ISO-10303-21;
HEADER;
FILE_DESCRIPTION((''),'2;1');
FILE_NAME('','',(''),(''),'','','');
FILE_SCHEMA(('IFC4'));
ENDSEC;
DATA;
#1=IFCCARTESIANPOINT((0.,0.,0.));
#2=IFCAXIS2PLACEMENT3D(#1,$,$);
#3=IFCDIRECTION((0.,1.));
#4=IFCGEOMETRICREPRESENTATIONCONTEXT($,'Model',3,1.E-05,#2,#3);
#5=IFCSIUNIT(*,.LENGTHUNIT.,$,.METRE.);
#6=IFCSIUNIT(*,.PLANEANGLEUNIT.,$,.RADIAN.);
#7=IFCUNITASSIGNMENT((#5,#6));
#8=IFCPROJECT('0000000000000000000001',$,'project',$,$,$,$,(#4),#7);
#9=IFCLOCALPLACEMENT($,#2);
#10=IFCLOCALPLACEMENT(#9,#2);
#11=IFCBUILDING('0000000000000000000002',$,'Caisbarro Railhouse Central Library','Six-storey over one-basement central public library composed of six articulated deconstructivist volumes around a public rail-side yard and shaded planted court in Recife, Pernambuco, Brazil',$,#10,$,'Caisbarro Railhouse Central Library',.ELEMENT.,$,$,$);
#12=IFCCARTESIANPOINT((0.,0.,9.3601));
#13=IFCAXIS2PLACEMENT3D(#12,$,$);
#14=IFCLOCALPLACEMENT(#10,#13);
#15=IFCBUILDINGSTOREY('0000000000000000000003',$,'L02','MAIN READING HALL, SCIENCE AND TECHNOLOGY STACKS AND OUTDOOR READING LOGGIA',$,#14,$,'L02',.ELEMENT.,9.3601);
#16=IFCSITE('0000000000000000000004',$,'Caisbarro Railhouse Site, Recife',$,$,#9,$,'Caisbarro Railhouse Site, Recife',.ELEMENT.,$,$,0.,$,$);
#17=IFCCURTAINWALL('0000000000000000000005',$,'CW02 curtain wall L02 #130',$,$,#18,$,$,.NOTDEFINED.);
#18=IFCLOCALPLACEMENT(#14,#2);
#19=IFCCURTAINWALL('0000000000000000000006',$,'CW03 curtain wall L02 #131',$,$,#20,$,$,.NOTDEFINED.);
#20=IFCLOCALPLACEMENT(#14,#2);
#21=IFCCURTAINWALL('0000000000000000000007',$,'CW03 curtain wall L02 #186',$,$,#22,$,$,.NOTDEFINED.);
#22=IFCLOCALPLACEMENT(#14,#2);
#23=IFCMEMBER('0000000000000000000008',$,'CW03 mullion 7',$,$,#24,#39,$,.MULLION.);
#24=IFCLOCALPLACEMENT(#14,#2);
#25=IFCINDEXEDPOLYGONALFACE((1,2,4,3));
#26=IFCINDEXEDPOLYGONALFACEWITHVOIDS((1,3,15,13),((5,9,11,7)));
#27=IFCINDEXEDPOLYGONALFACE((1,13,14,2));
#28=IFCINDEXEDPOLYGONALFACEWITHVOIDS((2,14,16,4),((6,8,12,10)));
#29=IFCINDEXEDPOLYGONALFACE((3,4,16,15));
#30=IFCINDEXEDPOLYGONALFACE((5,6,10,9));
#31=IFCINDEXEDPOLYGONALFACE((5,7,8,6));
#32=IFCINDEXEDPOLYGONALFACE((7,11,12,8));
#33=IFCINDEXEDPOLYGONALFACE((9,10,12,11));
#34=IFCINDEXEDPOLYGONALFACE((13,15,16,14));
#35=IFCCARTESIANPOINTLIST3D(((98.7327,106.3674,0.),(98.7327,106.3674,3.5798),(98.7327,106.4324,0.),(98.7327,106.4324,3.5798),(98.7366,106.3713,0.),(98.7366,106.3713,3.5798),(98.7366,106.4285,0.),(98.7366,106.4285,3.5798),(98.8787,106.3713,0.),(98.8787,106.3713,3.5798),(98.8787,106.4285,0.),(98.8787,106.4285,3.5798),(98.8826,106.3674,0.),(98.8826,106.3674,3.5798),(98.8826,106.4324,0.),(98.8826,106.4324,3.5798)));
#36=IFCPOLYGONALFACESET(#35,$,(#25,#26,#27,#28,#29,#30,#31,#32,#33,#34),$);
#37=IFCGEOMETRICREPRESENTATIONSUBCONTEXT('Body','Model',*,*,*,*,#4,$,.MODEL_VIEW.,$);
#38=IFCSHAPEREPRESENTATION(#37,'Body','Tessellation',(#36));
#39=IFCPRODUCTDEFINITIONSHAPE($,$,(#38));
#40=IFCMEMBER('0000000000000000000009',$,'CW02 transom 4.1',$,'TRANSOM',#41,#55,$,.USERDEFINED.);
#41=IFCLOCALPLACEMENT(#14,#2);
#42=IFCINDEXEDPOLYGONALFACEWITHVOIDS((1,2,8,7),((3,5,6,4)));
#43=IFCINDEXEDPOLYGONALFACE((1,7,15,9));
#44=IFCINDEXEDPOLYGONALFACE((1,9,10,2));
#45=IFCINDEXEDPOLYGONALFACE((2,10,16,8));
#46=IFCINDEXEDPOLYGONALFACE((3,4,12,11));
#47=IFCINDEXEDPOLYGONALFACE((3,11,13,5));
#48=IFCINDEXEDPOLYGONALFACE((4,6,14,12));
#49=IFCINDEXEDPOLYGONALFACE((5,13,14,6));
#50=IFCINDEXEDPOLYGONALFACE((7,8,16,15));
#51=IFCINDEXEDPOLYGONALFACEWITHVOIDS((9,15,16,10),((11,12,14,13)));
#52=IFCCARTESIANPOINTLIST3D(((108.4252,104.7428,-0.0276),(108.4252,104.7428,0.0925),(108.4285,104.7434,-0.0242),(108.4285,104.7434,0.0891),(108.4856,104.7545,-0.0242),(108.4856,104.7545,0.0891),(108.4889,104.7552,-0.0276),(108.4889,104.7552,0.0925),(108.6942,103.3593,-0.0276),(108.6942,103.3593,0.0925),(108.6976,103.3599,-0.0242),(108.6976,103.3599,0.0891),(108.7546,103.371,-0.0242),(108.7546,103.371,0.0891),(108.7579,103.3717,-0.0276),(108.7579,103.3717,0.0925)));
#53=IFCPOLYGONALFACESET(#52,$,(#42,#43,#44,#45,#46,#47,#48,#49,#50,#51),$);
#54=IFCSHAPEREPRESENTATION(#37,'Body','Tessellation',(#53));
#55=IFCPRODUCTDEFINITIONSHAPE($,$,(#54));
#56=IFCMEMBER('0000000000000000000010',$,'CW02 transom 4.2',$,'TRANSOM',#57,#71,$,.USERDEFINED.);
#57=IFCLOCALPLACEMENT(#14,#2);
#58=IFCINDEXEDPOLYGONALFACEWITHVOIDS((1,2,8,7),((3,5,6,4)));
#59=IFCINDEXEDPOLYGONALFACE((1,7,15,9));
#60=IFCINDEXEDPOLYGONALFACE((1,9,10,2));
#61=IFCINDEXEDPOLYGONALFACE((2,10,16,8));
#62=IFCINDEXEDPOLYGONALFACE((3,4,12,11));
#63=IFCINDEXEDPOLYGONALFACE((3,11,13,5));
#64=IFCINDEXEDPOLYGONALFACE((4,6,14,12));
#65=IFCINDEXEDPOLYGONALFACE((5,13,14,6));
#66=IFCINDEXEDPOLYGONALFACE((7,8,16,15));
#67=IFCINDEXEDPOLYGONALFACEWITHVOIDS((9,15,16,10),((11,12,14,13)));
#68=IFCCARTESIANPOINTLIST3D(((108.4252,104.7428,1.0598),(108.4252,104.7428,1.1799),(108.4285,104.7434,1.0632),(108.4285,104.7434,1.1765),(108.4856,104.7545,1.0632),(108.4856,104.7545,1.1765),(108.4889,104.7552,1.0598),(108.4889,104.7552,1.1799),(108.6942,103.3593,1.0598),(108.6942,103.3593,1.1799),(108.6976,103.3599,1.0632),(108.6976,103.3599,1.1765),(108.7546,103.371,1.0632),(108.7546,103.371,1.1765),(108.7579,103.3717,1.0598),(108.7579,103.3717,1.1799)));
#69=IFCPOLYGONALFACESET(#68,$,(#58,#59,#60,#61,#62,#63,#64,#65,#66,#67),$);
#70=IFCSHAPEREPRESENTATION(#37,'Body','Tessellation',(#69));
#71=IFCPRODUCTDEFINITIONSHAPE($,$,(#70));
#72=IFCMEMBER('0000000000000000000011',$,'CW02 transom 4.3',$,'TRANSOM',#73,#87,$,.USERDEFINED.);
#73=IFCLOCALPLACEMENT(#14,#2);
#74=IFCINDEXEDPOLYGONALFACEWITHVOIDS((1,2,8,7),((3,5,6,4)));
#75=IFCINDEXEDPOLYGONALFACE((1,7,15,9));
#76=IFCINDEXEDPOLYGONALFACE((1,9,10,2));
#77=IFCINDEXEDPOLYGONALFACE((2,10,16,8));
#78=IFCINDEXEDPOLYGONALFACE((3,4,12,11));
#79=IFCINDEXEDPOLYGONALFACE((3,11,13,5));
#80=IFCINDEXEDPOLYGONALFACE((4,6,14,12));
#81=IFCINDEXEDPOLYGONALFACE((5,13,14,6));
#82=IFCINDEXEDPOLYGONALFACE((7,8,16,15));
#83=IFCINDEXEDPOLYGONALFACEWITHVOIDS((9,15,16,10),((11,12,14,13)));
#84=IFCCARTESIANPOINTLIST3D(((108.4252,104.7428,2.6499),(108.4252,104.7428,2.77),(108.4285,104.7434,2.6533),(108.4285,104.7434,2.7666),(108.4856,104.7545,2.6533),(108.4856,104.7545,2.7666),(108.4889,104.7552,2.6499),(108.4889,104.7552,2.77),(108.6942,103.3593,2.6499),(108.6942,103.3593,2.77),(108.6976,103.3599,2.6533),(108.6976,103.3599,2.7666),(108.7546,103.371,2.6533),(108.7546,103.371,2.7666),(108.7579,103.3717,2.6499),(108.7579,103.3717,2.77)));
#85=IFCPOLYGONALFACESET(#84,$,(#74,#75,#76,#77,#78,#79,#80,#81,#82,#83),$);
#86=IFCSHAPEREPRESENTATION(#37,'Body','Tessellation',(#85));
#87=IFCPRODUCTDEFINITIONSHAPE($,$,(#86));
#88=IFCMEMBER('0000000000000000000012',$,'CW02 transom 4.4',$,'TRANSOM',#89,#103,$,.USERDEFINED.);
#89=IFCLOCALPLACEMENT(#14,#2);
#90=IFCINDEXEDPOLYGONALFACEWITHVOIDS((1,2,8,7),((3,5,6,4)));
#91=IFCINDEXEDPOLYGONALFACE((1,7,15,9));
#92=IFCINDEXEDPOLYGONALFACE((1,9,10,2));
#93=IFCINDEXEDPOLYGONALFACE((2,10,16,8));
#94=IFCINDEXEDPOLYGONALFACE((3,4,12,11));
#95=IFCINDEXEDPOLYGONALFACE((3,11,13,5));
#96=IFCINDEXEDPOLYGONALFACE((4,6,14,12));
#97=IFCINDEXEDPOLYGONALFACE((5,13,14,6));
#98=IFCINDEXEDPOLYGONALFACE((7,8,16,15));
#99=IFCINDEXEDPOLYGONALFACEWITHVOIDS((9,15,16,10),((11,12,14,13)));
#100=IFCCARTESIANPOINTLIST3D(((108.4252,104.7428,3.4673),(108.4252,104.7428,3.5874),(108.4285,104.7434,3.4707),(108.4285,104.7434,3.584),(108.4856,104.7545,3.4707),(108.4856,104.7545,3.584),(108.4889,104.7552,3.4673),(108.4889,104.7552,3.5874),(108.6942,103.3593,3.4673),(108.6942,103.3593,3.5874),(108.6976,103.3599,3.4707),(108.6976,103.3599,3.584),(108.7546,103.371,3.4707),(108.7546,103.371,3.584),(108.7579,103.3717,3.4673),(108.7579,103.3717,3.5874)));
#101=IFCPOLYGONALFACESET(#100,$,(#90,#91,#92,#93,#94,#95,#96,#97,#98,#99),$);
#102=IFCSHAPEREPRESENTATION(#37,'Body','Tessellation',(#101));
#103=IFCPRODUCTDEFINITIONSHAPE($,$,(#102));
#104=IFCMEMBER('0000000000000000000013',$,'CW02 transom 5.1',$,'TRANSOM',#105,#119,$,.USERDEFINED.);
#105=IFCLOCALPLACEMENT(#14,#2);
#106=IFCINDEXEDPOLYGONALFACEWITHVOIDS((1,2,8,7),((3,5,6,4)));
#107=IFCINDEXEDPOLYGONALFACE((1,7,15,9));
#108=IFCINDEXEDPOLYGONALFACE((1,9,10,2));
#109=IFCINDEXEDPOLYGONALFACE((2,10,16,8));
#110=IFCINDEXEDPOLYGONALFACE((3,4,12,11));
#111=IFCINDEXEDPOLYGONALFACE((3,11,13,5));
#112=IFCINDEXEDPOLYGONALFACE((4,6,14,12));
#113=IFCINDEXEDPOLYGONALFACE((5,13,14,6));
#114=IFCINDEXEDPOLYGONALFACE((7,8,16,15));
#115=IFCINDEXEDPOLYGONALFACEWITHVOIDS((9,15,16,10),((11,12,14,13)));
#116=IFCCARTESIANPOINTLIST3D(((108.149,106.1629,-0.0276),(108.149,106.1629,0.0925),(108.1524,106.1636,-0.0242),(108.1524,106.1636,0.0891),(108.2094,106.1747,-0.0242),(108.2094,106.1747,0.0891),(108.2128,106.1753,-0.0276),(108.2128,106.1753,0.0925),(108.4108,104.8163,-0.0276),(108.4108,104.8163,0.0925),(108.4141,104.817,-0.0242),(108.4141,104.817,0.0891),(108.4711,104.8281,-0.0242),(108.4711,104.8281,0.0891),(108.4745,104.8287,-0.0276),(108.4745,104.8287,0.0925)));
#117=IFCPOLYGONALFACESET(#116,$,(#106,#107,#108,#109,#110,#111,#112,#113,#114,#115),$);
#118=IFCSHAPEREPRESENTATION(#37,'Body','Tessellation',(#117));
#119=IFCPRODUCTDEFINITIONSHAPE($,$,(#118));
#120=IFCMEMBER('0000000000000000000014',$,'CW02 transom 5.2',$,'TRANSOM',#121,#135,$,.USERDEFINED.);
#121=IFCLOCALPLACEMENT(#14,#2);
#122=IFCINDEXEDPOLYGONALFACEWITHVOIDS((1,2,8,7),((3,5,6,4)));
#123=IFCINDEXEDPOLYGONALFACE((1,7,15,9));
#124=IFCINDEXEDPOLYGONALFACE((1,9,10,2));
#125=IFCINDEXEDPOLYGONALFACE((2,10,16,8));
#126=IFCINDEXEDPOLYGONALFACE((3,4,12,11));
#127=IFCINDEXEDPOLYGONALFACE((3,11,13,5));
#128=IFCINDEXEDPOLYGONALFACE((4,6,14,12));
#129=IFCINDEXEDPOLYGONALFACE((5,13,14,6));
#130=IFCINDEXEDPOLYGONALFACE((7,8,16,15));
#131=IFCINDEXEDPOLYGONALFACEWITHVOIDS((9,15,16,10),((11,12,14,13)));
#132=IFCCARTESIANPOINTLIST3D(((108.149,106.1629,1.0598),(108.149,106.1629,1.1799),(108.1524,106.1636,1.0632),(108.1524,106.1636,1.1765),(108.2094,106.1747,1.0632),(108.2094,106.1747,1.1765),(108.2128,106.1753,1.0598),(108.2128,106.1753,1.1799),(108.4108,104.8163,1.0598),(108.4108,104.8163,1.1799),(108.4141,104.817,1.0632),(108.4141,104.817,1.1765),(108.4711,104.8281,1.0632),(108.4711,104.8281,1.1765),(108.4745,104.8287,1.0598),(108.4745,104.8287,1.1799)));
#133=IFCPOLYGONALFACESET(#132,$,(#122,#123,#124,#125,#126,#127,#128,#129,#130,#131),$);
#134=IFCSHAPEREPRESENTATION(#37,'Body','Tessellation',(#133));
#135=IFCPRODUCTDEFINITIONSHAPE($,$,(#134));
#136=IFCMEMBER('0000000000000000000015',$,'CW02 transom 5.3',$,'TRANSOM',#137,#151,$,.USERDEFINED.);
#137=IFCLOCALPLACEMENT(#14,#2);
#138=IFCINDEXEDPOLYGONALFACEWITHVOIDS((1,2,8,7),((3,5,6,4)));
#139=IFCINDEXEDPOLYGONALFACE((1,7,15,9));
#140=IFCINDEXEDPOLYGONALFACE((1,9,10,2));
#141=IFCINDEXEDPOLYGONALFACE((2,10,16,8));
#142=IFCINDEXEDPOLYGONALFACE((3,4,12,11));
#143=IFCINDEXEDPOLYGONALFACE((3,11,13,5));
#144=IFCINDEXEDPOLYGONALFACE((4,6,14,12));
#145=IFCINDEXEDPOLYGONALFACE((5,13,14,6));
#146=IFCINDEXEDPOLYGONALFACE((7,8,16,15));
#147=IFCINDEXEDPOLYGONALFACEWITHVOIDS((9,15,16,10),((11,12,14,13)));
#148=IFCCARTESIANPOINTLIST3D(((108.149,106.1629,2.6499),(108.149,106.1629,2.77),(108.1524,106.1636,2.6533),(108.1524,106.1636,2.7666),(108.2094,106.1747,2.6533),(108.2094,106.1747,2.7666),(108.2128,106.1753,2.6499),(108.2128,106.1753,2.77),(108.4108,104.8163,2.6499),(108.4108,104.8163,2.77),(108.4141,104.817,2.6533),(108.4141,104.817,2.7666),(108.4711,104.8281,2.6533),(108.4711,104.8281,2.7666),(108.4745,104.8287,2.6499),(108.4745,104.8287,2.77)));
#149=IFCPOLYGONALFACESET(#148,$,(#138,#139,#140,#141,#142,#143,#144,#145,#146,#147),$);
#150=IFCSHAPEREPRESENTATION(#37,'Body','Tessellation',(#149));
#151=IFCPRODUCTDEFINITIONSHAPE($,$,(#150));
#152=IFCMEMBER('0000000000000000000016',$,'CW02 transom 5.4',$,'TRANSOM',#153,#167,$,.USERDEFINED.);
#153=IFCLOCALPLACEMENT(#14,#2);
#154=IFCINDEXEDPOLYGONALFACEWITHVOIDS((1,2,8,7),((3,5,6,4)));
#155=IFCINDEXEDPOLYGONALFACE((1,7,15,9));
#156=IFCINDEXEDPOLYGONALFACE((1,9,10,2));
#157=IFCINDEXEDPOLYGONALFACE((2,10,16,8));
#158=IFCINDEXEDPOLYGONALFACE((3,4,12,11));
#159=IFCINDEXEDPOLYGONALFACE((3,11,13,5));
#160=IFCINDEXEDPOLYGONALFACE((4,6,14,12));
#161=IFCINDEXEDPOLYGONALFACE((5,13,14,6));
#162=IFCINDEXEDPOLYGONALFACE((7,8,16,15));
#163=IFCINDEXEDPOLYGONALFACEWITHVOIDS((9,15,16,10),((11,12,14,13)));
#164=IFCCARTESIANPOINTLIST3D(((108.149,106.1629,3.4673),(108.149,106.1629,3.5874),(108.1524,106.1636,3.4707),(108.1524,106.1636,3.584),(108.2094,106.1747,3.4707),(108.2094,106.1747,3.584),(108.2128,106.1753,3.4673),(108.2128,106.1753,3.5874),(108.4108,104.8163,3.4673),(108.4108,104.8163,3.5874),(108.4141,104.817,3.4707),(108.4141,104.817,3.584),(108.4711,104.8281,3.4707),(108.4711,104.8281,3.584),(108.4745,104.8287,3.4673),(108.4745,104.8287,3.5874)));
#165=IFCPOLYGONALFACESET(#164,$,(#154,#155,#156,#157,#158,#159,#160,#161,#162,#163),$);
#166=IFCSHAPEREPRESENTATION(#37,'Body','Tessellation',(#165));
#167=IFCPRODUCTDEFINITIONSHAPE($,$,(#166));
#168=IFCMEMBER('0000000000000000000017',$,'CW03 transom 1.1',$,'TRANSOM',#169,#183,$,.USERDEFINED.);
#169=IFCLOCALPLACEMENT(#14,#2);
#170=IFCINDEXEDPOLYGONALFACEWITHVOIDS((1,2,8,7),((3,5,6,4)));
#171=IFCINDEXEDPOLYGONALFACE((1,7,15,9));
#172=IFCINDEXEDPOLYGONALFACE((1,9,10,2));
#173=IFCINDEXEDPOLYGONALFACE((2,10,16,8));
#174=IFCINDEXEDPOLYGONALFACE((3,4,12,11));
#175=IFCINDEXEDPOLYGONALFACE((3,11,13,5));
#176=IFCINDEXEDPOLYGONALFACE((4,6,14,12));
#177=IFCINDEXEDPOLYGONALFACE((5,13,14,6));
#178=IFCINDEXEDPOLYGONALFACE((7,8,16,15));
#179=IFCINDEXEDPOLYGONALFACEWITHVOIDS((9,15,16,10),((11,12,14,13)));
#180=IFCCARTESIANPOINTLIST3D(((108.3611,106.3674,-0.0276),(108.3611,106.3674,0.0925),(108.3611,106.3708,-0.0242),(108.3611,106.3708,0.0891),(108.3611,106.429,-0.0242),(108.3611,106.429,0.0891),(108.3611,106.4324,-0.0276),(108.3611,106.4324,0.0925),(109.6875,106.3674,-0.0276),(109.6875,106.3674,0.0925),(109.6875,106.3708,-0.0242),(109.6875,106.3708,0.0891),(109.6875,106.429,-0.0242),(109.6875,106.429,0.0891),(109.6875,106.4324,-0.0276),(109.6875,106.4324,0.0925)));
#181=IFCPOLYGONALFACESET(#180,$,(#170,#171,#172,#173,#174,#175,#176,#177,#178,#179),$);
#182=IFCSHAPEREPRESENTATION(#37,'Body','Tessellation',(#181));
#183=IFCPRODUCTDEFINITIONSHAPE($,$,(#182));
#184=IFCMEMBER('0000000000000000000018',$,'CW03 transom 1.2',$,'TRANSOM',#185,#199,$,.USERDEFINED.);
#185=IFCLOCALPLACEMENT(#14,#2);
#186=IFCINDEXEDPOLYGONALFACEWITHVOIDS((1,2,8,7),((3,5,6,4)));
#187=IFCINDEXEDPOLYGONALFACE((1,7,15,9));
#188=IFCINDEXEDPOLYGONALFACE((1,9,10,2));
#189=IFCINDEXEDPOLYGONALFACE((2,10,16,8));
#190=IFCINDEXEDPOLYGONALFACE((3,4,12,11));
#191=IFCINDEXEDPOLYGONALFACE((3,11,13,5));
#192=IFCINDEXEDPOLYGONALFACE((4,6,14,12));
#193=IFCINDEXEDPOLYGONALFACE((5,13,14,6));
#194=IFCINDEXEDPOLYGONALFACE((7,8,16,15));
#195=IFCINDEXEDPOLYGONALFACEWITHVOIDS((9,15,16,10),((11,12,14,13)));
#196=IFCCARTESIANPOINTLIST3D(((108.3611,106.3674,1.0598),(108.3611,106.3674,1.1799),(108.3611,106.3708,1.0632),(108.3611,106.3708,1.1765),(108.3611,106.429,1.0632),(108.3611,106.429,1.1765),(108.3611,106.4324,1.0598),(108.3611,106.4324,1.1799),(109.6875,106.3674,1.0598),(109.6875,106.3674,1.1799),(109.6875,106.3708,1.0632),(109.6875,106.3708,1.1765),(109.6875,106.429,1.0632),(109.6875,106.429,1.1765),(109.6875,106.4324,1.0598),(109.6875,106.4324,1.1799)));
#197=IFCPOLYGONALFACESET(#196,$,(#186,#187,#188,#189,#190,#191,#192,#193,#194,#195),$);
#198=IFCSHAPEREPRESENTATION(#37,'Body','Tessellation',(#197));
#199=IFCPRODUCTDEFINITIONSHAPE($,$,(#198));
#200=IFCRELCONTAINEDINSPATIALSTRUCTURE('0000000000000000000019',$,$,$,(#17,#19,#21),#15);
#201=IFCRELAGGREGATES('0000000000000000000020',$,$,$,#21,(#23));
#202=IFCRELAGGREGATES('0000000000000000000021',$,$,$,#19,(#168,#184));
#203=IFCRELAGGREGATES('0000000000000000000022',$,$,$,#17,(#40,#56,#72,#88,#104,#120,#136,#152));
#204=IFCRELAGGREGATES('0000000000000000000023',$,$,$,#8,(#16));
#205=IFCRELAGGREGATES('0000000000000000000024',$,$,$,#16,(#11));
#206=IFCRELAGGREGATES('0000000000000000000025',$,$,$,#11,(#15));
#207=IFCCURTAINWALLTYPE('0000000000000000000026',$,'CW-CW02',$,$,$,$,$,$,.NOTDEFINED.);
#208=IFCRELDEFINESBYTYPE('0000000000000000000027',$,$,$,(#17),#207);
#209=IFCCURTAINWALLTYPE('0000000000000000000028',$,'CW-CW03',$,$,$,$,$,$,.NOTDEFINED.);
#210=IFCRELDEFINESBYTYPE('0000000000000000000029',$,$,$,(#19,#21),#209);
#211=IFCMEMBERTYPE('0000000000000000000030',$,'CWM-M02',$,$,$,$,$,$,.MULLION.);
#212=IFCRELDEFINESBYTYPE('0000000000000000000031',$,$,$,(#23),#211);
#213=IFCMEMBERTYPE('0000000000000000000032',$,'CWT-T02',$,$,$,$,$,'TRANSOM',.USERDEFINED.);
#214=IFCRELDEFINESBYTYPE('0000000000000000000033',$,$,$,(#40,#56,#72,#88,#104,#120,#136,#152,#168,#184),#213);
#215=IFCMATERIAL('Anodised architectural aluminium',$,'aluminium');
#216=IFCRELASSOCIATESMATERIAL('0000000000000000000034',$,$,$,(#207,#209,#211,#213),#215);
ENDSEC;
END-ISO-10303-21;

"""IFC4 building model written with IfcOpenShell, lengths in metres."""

from ifc_helpers import new_model, si_unit, direction, frame, origin, origin_2d, place, context, subcontext, project, spatial, hollow_rectangle, extrude, material, material_profile, profile_set, type_object, element, aggregate, save


model = new_model("IFC4")

# Units and contexts
model_context = context("Model", 3, precision=1e-05, world=origin(), true_north=direction((0.0, 1.0)))
body_context = subcontext(model_context, "Body", "Model", "MODEL_VIEW")
ifc_project = project(units=[si_unit("LENGTHUNIT", "METRE"), si_unit("PLANEANGLEUNIT", "RADIAN")], contexts=[model_context])

# Site, building, storey
site_placement = place(None, origin())
site = spatial("IfcSite", under=ifc_project, at=site_placement, Name="Caisbarro Railhouse Site, Recife", LongName="Caisbarro Railhouse Site, Recife", CompositionType="ELEMENT", RefElevation=0.0)
building_placement = place(site_placement, origin())
building = spatial("IfcBuilding", under=site, at=building_placement, Name="Caisbarro Railhouse Central Library", Description="Six-storey over one-basement central public library composed of six articulated deconstructivist volumes around a public rail-side yard and shaded planted court in Recife, Pernambuco, Brazil", LongName="Caisbarro Railhouse Central Library", CompositionType="ELEMENT")
storey_placement = place(building_placement, frame((0.0, 0.0, 9.3601)))
storey = spatial("IfcBuildingStorey", under=building, at=storey_placement, Name="L02", Description="MAIN READING HALL, SCIENCE AND TECHNOLOGY STACKS AND OUTDOOR READING LOGGIA", LongName="L02", CompositionType="ELEMENT", Elevation=9.3601)

# Curtain wall
ifc_material_1 = material(Name="Anodised architectural aluminium", Category="aluminium")
curtain_wall_type_1 = type_object("IfcCurtainWallType", Name="CW-CW02", PredefinedType="NOTDEFINED", material=ifc_material_1)
curtain_wall_1_placement = place(storey_placement, origin())
curtain_wall_1 = element("IfcCurtainWall", 1, at=curtain_wall_1_placement, inside=storey, type_object=curtain_wall_type_1, Name="CW02 curtain wall L02 #130", PredefinedType="NOTDEFINED")

# Curtain walls, member
curtain_wall_type_2 = type_object("IfcCurtainWallType", Name="CW-CW03", PredefinedType="NOTDEFINED", material=ifc_material_1)
curtain_wall_2_placement = place(storey_placement, origin())
curtain_wall_2 = element("IfcCurtainWall", 2, at=curtain_wall_2_placement, inside=storey, type_object=curtain_wall_type_2, Name="CW03 curtain wall L02 #131", PredefinedType="NOTDEFINED")
ifc_material_profile_1 = material_profile(ifc_material_1, hollow_rectangle(XDim=0.0649, YDim=0.1499, WallThickness=0.0039, at=origin_2d()), Name="ALU-MUL-65X150")
ifc_profile_set_1 = profile_set([ifc_material_profile_1], Name="Anodised architectural aluminium")
member_type_1 = type_object("IfcMemberType", Name="CWM-M02", PredefinedType="MULLION", material=ifc_profile_set_1)
curtain_wall_3_placement = place(storey_placement, origin())
curtain_wall_3 = element("IfcCurtainWall", 3, at=curtain_wall_3_placement, inside=storey, type_object=curtain_wall_type_2, Name="CW03 curtain wall L02 #186", PredefinedType="NOTDEFINED")
member_1_placement = place(storey_placement, frame((98.8076, 106.3999, 0.0), z_axis=(0.0, 0.0, 1.0), x_axis=(0.0, 1.0, 0.0)))
member_1 = element("IfcMember", 4, at=member_1_placement, type_object=member_type_1, Name="CW03 mullion 7", PredefinedType="MULLION", context=body_context, shape_type="SweptSolid", body=[
    extrude(hollow_rectangle(XDim=0.0649, YDim=0.1499, WallThickness=0.0039, at=origin_2d()), origin(), (0.0, 0.0, 1.0), 3.5798),
])
aggregate(curtain_wall_3, [member_1])

# Members
ifc_material_profile_2 = material_profile(ifc_material_1, hollow_rectangle(XDim=0.0649, YDim=0.1201, WallThickness=0.0034, at=origin_2d()), Name="ALU-TRN-65X120")
ifc_profile_set_2 = profile_set([ifc_material_profile_2], Name="Anodised architectural aluminium")
member_type_2 = type_object("IfcMemberType", Name="CWT-T02", ElementType="TRANSOM", PredefinedType="USERDEFINED", material=ifc_profile_set_2)
member_2_placement = place(storey_placement, frame((108.7261, 103.3655, 0.0325), z_axis=(-0.190884, 0.981613, 0.0), x_axis=(-0.981613, -0.190884, 0.0)))
member_2 = element("IfcMember", 5, at=member_2_placement, type_object=member_type_2, Name="CW02 transom 4.1", ObjectType="TRANSOM", PredefinedType="USERDEFINED", context=body_context, shape_type="SweptSolid", body=[
    extrude(hollow_rectangle(XDim=0.0649, YDim=0.1201, WallThickness=0.0034, at=origin_2d()), origin(), (0.0, 0.0, 1.0), 1.4094),
])
member_3_placement = place(storey_placement, frame((108.7261, 103.3655, 1.1199), z_axis=(-0.190884, 0.981613, 0.0), x_axis=(-0.981613, -0.190884, 0.0)))
member_3 = element("IfcMember", 6, at=member_3_placement, type_object=member_type_2, Name="CW02 transom 4.2", ObjectType="TRANSOM", PredefinedType="USERDEFINED", context=body_context, shape_type="SweptSolid", body=[
    extrude(hollow_rectangle(XDim=0.0649, YDim=0.1201, WallThickness=0.0034, at=origin_2d()), origin(), (0.0, 0.0, 1.0), 1.4094),
])
member_4_placement = place(storey_placement, frame((108.7261, 103.3655, 2.71), z_axis=(-0.190884, 0.981613, 0.0), x_axis=(-0.981613, -0.190884, 0.0)))
member_4 = element("IfcMember", 7, at=member_4_placement, type_object=member_type_2, Name="CW02 transom 4.3", ObjectType="TRANSOM", PredefinedType="USERDEFINED", context=body_context, shape_type="SweptSolid", body=[
    extrude(hollow_rectangle(XDim=0.0649, YDim=0.1201, WallThickness=0.0034, at=origin_2d()), origin(), (0.0, 0.0, 1.0), 1.4094),
])
member_5_placement = place(storey_placement, frame((108.7261, 103.3655, 3.5273), z_axis=(-0.190884, 0.981613, 0.0), x_axis=(-0.981613, -0.190884, 0.0)))
member_5 = element("IfcMember", 8, at=member_5_placement, type_object=member_type_2, Name="CW02 transom 4.4", ObjectType="TRANSOM", PredefinedType="USERDEFINED", context=body_context, shape_type="SweptSolid", body=[
    extrude(hollow_rectangle(XDim=0.0649, YDim=0.1201, WallThickness=0.0034, at=origin_2d()), origin(), (0.0, 0.0, 1.0), 1.4094),
])
member_6_placement = place(storey_placement, frame((108.4426, 104.8225, 0.0325), z_axis=(-0.190774, 0.981634, 0.0), x_axis=(-0.981634, -0.190774, 0.0)))
member_6 = element("IfcMember", 9, at=member_6_placement, type_object=member_type_2, Name="CW02 transom 5.1", ObjectType="TRANSOM", PredefinedType="USERDEFINED", context=body_context, shape_type="SweptSolid", body=[
    extrude(hollow_rectangle(XDim=0.0649, YDim=0.1201, WallThickness=0.0034, at=origin_2d()), origin(), (0.0, 0.0, 1.0), 1.3718),
])
member_7_placement = place(storey_placement, frame((108.4426, 104.8225, 1.1199), z_axis=(-0.190774, 0.981634, 0.0), x_axis=(-0.981634, -0.190774, 0.0)))
member_7 = element("IfcMember", 10, at=member_7_placement, type_object=member_type_2, Name="CW02 transom 5.2", ObjectType="TRANSOM", PredefinedType="USERDEFINED", context=body_context, shape_type="SweptSolid", body=[
    extrude(hollow_rectangle(XDim=0.0649, YDim=0.1201, WallThickness=0.0034, at=origin_2d()), origin(), (0.0, 0.0, 1.0), 1.3718),
])
member_8_placement = place(storey_placement, frame((108.4426, 104.8225, 2.71), z_axis=(-0.190774, 0.981634, 0.0), x_axis=(-0.981634, -0.190774, 0.0)))
member_8 = element("IfcMember", 11, at=member_8_placement, type_object=member_type_2, Name="CW02 transom 5.3", ObjectType="TRANSOM", PredefinedType="USERDEFINED", context=body_context, shape_type="SweptSolid", body=[
    extrude(hollow_rectangle(XDim=0.0649, YDim=0.1201, WallThickness=0.0034, at=origin_2d()), origin(), (0.0, 0.0, 1.0), 1.3718),
])
member_9_placement = place(storey_placement, frame((108.4426, 104.8225, 3.5273), z_axis=(-0.190774, 0.981634, 0.0), x_axis=(-0.981634, -0.190774, 0.0)))
member_9 = element("IfcMember", 12, at=member_9_placement, type_object=member_type_2, Name="CW02 transom 5.4", ObjectType="TRANSOM", PredefinedType="USERDEFINED", context=body_context, shape_type="SweptSolid", body=[
    extrude(hollow_rectangle(XDim=0.0649, YDim=0.1201, WallThickness=0.0034, at=origin_2d()), origin(), (0.0, 0.0, 1.0), 1.3718),
])
member_10_placement = place(storey_placement, frame((108.3611, 106.3999, 0.0325), z_axis=(1.0, 0.0, 0.0), x_axis=(0.0, 1.0, 0.0)))
member_10 = element("IfcMember", 13, at=member_10_placement, type_object=member_type_2, Name="CW03 transom 1.1", ObjectType="TRANSOM", PredefinedType="USERDEFINED", context=body_context, shape_type="SweptSolid", body=[
    extrude(hollow_rectangle(XDim=0.0649, YDim=0.1201, WallThickness=0.0034, at=origin_2d()), origin(), (0.0, 0.0, 1.0), 1.3264),
])
member_11_placement = place(storey_placement, frame((108.3611, 106.3999, 1.1199), z_axis=(1.0, 0.0, 0.0), x_axis=(0.0, 1.0, 0.0)))
member_11 = element("IfcMember", 14, at=member_11_placement, type_object=member_type_2, Name="CW03 transom 1.2", ObjectType="TRANSOM", PredefinedType="USERDEFINED", context=body_context, shape_type="SweptSolid", body=[
    extrude(hollow_rectangle(XDim=0.0649, YDim=0.1201, WallThickness=0.0034, at=origin_2d()), origin(), (0.0, 0.0, 1.0), 1.3264),
])

aggregate(curtain_wall_2, [member_10, member_11])
aggregate(curtain_wall_1, [member_2, member_3, member_4, member_5, member_6, member_7, member_8, member_9])

save(model, "model.ifc")
